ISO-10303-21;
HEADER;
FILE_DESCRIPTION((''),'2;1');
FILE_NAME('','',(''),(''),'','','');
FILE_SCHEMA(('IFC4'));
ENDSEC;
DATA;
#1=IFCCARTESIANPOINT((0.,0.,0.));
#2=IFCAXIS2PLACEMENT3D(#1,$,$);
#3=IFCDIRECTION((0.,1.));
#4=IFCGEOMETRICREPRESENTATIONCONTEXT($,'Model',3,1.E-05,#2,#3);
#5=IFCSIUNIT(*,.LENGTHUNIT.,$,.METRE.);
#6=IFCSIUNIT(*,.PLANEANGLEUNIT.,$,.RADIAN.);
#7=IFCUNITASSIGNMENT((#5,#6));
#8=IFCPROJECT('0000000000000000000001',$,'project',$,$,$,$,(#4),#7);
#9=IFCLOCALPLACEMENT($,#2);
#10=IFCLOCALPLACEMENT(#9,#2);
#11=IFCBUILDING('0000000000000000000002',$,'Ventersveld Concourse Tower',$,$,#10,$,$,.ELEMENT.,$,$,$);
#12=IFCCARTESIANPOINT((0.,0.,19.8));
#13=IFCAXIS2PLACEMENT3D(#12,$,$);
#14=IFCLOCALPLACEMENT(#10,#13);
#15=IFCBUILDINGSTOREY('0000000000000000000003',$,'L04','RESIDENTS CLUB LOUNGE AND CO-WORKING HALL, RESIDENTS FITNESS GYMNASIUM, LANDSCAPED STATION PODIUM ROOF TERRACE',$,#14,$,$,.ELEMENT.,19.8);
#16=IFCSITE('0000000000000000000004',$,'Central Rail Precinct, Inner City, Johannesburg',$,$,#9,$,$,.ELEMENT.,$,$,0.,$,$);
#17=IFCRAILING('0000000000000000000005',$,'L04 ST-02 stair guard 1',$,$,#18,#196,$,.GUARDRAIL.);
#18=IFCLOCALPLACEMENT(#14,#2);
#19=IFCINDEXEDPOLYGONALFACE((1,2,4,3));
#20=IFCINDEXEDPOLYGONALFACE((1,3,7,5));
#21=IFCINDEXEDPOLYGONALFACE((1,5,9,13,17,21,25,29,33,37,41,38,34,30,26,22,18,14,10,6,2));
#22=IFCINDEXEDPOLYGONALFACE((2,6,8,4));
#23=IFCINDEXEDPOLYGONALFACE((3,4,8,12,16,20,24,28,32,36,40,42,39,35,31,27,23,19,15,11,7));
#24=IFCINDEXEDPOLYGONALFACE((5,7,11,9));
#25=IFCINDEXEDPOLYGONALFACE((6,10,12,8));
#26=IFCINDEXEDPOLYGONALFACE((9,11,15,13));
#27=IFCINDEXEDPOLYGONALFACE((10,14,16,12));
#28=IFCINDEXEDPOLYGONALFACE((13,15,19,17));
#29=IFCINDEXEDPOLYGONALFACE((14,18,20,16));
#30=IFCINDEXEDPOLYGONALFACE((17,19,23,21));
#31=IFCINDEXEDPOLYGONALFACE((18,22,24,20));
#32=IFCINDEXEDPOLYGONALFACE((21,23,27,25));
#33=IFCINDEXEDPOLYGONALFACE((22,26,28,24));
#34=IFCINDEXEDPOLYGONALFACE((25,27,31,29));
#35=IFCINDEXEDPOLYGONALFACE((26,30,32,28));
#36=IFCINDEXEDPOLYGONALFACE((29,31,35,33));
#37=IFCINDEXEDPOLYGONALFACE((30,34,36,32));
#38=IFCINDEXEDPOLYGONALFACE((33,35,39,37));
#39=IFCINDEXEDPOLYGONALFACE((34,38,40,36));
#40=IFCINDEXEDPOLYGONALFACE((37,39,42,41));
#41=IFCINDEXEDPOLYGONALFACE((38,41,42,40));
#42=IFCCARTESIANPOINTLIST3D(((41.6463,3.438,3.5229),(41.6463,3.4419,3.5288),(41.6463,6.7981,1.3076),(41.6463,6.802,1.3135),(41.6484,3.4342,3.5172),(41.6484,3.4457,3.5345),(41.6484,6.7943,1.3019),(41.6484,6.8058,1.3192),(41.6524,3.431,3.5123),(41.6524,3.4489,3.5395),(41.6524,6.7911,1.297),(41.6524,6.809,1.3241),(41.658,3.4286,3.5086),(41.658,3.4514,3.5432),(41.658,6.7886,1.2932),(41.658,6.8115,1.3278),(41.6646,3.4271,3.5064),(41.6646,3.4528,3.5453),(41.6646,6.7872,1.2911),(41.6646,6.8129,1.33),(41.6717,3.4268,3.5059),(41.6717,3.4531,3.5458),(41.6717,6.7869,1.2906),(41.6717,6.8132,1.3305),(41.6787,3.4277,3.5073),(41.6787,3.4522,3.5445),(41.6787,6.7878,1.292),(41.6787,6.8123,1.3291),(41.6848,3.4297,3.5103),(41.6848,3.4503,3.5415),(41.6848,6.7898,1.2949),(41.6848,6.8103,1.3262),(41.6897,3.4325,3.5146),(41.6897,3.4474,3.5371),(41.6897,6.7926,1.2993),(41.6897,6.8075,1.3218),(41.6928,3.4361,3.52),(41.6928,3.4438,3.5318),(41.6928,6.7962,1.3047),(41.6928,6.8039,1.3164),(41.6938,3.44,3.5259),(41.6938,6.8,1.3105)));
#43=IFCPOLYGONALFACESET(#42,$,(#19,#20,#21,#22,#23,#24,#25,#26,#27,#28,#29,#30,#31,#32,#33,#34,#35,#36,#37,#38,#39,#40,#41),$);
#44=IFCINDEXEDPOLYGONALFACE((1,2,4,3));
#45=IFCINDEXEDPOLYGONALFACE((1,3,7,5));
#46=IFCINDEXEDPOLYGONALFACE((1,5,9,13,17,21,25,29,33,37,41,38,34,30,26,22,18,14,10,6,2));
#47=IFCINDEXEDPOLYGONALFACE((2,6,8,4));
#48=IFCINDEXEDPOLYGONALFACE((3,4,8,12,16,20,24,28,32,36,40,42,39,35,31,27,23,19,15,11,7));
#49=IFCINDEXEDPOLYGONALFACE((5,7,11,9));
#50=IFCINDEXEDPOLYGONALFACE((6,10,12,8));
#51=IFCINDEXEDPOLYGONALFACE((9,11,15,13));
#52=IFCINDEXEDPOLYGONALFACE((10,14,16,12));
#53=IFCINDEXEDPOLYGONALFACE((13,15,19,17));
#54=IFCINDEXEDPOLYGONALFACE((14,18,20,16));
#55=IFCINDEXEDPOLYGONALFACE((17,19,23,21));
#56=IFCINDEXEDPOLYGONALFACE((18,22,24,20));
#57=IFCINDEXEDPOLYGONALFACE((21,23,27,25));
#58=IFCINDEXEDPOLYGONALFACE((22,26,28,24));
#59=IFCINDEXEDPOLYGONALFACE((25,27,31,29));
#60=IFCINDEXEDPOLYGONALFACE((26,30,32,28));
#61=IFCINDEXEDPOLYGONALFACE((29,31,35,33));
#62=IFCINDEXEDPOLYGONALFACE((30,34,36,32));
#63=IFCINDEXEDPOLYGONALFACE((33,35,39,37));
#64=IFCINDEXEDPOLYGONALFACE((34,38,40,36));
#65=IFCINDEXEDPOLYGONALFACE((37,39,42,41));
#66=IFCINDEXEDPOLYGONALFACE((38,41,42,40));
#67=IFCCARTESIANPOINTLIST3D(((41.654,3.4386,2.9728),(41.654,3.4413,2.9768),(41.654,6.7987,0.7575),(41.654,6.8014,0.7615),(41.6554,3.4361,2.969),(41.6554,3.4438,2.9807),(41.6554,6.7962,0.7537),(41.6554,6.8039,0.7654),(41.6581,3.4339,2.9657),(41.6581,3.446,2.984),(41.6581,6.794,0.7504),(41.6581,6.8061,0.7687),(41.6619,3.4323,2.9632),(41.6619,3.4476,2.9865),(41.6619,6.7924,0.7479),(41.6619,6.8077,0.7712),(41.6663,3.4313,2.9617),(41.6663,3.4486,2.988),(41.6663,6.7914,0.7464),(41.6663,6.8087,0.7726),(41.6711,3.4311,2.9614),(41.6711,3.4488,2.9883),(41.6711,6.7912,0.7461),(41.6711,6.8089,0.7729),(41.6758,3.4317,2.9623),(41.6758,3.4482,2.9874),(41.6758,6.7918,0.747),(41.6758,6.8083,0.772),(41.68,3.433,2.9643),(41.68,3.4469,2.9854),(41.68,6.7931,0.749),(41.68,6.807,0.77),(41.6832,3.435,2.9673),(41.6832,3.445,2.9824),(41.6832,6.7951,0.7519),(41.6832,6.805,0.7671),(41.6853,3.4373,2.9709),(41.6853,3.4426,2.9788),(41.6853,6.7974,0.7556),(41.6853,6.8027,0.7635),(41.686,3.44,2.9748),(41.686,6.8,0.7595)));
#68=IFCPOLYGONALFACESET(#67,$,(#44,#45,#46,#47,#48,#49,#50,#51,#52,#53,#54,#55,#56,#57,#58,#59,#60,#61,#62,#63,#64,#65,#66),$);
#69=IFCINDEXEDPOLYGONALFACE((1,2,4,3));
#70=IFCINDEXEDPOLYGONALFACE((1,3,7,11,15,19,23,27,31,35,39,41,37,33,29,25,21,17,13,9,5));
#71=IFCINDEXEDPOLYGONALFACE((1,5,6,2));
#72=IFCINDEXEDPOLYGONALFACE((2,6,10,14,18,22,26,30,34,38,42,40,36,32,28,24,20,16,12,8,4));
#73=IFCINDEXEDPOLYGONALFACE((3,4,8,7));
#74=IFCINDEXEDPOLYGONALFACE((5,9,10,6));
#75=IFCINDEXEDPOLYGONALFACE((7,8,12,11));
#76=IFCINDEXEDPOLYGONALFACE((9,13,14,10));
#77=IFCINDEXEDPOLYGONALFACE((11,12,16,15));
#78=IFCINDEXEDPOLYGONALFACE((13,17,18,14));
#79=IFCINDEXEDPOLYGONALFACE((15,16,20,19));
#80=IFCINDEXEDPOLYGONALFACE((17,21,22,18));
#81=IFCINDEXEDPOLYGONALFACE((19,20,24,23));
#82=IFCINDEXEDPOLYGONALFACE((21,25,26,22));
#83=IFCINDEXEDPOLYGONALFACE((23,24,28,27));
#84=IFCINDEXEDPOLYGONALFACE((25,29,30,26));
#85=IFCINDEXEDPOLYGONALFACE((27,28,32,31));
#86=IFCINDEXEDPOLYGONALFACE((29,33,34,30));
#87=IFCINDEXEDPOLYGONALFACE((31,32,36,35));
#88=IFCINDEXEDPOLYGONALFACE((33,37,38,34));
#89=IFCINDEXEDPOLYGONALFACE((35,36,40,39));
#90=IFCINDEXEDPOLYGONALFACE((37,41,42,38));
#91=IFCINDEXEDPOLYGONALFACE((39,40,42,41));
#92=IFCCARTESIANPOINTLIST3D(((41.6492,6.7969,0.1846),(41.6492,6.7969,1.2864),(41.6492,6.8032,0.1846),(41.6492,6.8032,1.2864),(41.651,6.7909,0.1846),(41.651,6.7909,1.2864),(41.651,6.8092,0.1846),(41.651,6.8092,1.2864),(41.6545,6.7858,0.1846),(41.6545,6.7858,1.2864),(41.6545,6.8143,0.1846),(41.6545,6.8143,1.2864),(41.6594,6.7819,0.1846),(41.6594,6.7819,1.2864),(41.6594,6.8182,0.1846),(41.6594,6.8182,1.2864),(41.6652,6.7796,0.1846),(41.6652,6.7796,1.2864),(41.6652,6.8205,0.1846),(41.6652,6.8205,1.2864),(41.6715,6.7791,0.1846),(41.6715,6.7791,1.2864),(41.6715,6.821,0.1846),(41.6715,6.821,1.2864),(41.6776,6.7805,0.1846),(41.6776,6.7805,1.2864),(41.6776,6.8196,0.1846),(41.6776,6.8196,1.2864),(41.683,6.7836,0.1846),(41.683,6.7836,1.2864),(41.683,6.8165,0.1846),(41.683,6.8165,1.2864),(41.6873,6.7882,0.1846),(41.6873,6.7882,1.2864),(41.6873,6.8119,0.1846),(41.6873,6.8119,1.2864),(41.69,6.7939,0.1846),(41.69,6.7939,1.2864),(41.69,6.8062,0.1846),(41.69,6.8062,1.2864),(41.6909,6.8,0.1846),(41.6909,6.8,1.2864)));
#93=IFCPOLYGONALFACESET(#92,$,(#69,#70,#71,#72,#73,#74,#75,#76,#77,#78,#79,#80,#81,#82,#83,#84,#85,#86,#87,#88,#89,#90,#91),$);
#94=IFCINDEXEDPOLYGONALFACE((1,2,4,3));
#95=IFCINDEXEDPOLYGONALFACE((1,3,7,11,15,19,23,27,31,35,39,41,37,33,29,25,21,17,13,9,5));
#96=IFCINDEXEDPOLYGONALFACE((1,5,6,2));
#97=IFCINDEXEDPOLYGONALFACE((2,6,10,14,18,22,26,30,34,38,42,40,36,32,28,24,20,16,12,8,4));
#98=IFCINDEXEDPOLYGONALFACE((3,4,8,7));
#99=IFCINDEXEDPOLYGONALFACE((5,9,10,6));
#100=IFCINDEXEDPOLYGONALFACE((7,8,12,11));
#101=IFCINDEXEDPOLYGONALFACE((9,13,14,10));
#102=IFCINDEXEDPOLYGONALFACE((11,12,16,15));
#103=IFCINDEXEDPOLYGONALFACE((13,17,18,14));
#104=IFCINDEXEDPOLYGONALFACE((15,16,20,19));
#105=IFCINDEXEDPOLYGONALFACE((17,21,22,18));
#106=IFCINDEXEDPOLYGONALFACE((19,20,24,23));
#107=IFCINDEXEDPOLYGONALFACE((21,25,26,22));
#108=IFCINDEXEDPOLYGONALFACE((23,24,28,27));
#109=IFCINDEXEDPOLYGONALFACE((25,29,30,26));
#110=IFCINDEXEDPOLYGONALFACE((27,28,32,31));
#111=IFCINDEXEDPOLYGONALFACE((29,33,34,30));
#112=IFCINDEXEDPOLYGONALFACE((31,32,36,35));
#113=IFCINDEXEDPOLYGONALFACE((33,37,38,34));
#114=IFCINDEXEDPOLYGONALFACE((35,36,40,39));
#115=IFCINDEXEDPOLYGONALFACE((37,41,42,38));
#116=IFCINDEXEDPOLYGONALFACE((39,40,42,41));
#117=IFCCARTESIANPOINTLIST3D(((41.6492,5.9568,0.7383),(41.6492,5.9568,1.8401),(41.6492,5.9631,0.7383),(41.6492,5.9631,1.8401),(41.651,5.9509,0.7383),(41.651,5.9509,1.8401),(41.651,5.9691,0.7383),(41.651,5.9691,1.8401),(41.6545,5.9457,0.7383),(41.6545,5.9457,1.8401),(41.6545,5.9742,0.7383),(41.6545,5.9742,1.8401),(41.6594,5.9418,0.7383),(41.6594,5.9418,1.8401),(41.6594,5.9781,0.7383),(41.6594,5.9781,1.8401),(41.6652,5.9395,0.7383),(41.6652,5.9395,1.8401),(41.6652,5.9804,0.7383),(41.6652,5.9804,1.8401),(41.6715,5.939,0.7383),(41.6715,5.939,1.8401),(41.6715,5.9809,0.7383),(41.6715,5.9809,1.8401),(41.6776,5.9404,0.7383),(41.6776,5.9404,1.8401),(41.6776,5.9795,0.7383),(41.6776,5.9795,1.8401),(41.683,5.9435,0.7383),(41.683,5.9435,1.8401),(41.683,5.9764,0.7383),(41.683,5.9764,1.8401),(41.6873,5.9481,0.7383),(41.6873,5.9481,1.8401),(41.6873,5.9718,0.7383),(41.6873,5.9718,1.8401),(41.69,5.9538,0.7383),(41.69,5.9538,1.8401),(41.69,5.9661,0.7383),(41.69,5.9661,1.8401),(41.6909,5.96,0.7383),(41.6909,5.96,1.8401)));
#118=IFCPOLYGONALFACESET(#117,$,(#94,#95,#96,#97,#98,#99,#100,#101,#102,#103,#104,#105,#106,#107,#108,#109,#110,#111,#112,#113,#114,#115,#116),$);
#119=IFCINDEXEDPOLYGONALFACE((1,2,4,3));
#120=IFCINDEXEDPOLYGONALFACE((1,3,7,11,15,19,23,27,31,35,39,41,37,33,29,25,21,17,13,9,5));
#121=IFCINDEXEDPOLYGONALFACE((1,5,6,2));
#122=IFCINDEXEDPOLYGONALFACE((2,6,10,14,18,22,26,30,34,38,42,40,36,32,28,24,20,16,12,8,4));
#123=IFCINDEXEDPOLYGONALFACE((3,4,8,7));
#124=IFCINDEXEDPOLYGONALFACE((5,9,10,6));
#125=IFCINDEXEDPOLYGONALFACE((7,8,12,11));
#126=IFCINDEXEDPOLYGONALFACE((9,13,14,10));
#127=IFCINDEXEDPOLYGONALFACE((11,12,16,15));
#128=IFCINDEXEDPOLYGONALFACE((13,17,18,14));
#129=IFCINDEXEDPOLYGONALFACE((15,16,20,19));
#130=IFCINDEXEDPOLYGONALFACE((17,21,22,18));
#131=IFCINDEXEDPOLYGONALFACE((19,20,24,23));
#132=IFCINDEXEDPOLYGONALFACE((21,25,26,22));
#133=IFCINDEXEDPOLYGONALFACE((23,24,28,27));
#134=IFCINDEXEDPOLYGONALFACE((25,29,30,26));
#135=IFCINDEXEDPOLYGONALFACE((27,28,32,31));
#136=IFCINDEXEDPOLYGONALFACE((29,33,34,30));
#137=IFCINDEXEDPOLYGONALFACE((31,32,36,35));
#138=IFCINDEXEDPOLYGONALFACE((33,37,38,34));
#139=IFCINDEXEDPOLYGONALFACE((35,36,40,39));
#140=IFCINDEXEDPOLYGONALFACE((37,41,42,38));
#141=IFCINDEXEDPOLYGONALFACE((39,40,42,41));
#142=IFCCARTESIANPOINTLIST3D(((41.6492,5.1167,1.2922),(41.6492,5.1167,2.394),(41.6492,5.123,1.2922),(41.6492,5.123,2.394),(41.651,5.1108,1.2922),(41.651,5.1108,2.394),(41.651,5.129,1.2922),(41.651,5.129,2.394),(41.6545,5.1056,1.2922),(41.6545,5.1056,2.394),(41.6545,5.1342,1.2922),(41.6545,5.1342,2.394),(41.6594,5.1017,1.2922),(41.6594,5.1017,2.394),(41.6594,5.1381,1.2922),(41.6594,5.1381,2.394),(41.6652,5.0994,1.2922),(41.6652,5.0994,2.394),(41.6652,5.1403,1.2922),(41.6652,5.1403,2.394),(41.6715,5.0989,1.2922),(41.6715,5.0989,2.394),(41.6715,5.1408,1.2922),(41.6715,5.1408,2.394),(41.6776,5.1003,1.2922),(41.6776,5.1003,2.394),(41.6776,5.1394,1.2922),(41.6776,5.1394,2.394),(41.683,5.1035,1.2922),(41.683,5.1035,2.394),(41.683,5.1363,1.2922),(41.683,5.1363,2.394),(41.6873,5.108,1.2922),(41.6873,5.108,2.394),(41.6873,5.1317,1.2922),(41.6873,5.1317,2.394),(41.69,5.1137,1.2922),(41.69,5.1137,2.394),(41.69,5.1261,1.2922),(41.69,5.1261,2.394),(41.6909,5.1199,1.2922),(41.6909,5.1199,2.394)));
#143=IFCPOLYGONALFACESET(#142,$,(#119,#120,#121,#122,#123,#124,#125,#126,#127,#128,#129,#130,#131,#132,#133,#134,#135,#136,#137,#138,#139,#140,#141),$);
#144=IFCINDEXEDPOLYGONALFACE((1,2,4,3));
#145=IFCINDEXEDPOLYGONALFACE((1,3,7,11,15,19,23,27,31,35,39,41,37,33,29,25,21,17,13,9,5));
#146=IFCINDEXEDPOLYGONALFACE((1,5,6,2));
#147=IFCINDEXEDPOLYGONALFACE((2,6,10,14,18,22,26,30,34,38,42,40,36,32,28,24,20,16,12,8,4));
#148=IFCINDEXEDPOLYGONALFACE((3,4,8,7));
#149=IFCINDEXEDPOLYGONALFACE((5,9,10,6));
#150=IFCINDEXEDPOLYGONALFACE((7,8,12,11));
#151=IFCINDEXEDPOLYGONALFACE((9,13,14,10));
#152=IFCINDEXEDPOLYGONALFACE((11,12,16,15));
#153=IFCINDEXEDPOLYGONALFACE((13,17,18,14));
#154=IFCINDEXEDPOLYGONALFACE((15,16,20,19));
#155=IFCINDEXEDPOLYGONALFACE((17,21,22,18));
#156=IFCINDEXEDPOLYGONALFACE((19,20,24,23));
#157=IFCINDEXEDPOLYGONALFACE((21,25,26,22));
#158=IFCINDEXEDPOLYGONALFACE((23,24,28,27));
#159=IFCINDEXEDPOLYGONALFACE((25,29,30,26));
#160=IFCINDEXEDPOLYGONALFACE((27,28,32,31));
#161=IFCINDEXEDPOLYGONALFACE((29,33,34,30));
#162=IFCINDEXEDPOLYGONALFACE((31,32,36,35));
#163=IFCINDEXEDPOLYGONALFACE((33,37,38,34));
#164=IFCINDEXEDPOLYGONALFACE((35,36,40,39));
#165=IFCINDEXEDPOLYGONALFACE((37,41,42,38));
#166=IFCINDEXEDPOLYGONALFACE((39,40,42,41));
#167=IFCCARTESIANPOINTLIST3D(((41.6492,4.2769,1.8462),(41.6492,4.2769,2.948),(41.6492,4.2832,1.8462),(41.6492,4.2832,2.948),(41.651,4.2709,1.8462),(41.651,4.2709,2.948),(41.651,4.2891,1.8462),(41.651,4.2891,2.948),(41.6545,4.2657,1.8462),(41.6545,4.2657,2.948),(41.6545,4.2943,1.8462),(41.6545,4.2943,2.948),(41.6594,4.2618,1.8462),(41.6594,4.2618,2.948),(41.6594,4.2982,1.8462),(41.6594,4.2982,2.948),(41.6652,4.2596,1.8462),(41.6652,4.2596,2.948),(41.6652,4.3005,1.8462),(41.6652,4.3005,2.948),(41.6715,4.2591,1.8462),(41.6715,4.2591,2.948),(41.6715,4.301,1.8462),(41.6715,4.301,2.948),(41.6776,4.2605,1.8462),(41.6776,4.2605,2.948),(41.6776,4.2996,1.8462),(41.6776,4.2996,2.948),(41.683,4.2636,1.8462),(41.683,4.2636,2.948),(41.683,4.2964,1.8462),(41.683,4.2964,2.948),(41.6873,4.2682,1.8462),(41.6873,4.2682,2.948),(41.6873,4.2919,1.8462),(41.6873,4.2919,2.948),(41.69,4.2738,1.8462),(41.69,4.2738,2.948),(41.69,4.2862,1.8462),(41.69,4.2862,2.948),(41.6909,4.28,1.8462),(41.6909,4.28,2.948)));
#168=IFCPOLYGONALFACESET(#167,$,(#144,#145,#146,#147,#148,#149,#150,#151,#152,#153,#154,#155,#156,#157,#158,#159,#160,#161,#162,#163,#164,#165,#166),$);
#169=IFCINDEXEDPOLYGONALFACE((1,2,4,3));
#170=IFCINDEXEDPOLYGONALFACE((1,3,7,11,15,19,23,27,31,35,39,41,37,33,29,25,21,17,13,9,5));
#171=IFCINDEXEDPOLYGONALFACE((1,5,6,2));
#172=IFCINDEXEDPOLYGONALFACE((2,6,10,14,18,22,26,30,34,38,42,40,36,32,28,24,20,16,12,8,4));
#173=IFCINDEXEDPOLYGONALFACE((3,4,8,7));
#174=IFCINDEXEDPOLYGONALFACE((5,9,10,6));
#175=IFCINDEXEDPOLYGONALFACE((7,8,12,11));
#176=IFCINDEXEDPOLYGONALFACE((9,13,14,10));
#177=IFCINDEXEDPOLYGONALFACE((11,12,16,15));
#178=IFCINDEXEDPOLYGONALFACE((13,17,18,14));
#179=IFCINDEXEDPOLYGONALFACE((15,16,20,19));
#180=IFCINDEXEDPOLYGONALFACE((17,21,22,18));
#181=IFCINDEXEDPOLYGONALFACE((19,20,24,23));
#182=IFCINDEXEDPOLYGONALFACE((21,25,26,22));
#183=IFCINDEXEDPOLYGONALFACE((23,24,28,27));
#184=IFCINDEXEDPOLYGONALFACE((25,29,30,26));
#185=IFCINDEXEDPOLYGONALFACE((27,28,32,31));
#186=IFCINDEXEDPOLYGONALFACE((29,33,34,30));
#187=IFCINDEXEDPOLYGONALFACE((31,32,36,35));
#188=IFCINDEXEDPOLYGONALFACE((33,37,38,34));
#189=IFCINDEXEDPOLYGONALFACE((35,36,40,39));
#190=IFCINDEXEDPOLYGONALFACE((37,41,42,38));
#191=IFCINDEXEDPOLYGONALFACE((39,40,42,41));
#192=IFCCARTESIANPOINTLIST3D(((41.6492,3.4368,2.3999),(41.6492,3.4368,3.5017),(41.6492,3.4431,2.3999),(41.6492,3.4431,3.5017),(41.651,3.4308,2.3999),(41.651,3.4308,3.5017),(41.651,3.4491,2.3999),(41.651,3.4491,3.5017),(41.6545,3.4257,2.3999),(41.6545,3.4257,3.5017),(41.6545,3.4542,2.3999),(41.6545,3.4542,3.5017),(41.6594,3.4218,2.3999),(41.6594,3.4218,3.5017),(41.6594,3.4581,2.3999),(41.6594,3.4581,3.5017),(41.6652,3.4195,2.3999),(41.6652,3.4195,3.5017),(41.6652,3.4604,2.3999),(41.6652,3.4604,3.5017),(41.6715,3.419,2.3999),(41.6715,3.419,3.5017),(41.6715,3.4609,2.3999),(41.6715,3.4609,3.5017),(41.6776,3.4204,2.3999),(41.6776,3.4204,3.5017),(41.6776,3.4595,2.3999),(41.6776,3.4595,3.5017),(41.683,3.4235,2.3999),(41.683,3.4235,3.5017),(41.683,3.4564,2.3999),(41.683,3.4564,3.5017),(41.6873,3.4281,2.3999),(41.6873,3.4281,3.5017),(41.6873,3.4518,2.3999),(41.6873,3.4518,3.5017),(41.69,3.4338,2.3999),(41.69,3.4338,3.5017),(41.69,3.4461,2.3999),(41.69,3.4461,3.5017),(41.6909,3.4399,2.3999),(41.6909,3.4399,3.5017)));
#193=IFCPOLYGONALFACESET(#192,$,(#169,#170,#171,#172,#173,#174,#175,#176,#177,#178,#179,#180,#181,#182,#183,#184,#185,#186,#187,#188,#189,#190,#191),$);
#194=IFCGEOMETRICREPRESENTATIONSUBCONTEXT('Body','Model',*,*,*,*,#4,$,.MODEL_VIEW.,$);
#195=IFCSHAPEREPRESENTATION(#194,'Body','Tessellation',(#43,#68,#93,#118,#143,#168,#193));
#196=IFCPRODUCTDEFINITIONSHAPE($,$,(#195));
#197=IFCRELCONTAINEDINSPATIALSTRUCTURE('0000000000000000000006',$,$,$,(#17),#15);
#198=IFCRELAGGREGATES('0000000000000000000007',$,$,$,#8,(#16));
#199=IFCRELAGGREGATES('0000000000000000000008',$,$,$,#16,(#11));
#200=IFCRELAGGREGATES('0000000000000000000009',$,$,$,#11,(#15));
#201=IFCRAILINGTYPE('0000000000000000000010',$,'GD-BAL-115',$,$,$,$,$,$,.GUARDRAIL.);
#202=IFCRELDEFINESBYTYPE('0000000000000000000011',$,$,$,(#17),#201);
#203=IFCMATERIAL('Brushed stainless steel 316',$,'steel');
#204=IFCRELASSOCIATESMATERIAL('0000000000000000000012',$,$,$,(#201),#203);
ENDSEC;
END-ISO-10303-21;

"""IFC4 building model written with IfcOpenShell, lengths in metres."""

from ifc_helpers import new_model, si_unit, direction, frame, origin, origin_2d, place, context, subcontext, project, spatial, circle, extrude, material, type_object, element, save


model = new_model("IFC4")

# Units and contexts
model_context = context("Model", 3, precision=1e-05, world=origin(), true_north=direction((0.0, 1.0)))
body_context = subcontext(model_context, "Body", "Model", "MODEL_VIEW")
ifc_project = project(units=[si_unit("LENGTHUNIT", "METRE"), si_unit("PLANEANGLEUNIT", "RADIAN")], contexts=[model_context])

# Site, building, storey
site_placement = place(None, origin())
site = spatial("IfcSite", under=ifc_project, at=site_placement, Name="Central Rail Precinct, Inner City, Johannesburg", CompositionType="ELEMENT", RefElevation=0.0)
building_placement = place(site_placement, origin())
building = spatial("IfcBuilding", under=site, at=building_placement, Name="Ventersveld Concourse Tower", CompositionType="ELEMENT")
storey_placement = place(building_placement, frame((0.0, 0.0, 19.8)))
storey = spatial("IfcBuildingStorey", under=building, at=storey_placement, Name="L04", Description="RESIDENTS CLUB LOUNGE AND CO-WORKING HALL, RESIDENTS FITNESS GYMNASIUM, LANDSCAPED STATION PODIUM ROOF TERRACE", CompositionType="ELEMENT", Elevation=19.8)

# Railing
ifc_material_1 = material(Name="Brushed stainless steel 316", Category="steel")
railing_type_1 = type_object("IfcRailingType", Name="GD-BAL-115", PredefinedType="GUARDRAIL", material=ifc_material_1)
railing_1_placement = place(storey_placement, frame((41.6699, 6.8, 0.1846)))
element("IfcRailing", 1, at=railing_1_placement, inside=storey, type_object=railing_type_1, Name="L04 ST-02 stair guard 1", PredefinedType="GUARDRAIL", context=body_context, shape_type="SweptSolid", body=[
    extrude(circle(Radius=0.0239, at=origin_2d()), frame((0.0, 0.0, 1.126), z_axis=(0.0, -0.834876, 0.550437), x_axis=(1.0, 0.0, 0.0)), (0.0, 0.0, 1.0), 4.0247),
    extrude(circle(Radius=0.0161, at=origin_2d()), frame((0.0, 0.0, 0.575), z_axis=(0.0, -0.834876, 0.550437), x_axis=(1.0, 0.0, 0.0)), (0.0, 0.0, 1.0), 4.0247),
    extrude(circle(Radius=0.021, at=origin_2d()), origin(), (0.0, 0.0, 1.0), 1.1018),
    extrude(circle(Radius=0.021, at=origin_2d()), frame((0.0, -0.8401, 0.5537)), (0.0, 0.0, 1.0), 1.1018),
    extrude(circle(Radius=0.021, at=origin_2d()), frame((0.0, -1.6802, 1.1077)), (0.0, 0.0, 1.0), 1.1018),
    extrude(circle(Radius=0.021, at=origin_2d()), frame((0.0, -2.52, 1.6616)), (0.0, 0.0, 1.0), 1.1018),
    extrude(circle(Radius=0.021, at=origin_2d()), frame((0.0, -3.3601, 2.2153)), (0.0, 0.0, 1.0), 1.1018),
])

save(model, "model.ifc")
